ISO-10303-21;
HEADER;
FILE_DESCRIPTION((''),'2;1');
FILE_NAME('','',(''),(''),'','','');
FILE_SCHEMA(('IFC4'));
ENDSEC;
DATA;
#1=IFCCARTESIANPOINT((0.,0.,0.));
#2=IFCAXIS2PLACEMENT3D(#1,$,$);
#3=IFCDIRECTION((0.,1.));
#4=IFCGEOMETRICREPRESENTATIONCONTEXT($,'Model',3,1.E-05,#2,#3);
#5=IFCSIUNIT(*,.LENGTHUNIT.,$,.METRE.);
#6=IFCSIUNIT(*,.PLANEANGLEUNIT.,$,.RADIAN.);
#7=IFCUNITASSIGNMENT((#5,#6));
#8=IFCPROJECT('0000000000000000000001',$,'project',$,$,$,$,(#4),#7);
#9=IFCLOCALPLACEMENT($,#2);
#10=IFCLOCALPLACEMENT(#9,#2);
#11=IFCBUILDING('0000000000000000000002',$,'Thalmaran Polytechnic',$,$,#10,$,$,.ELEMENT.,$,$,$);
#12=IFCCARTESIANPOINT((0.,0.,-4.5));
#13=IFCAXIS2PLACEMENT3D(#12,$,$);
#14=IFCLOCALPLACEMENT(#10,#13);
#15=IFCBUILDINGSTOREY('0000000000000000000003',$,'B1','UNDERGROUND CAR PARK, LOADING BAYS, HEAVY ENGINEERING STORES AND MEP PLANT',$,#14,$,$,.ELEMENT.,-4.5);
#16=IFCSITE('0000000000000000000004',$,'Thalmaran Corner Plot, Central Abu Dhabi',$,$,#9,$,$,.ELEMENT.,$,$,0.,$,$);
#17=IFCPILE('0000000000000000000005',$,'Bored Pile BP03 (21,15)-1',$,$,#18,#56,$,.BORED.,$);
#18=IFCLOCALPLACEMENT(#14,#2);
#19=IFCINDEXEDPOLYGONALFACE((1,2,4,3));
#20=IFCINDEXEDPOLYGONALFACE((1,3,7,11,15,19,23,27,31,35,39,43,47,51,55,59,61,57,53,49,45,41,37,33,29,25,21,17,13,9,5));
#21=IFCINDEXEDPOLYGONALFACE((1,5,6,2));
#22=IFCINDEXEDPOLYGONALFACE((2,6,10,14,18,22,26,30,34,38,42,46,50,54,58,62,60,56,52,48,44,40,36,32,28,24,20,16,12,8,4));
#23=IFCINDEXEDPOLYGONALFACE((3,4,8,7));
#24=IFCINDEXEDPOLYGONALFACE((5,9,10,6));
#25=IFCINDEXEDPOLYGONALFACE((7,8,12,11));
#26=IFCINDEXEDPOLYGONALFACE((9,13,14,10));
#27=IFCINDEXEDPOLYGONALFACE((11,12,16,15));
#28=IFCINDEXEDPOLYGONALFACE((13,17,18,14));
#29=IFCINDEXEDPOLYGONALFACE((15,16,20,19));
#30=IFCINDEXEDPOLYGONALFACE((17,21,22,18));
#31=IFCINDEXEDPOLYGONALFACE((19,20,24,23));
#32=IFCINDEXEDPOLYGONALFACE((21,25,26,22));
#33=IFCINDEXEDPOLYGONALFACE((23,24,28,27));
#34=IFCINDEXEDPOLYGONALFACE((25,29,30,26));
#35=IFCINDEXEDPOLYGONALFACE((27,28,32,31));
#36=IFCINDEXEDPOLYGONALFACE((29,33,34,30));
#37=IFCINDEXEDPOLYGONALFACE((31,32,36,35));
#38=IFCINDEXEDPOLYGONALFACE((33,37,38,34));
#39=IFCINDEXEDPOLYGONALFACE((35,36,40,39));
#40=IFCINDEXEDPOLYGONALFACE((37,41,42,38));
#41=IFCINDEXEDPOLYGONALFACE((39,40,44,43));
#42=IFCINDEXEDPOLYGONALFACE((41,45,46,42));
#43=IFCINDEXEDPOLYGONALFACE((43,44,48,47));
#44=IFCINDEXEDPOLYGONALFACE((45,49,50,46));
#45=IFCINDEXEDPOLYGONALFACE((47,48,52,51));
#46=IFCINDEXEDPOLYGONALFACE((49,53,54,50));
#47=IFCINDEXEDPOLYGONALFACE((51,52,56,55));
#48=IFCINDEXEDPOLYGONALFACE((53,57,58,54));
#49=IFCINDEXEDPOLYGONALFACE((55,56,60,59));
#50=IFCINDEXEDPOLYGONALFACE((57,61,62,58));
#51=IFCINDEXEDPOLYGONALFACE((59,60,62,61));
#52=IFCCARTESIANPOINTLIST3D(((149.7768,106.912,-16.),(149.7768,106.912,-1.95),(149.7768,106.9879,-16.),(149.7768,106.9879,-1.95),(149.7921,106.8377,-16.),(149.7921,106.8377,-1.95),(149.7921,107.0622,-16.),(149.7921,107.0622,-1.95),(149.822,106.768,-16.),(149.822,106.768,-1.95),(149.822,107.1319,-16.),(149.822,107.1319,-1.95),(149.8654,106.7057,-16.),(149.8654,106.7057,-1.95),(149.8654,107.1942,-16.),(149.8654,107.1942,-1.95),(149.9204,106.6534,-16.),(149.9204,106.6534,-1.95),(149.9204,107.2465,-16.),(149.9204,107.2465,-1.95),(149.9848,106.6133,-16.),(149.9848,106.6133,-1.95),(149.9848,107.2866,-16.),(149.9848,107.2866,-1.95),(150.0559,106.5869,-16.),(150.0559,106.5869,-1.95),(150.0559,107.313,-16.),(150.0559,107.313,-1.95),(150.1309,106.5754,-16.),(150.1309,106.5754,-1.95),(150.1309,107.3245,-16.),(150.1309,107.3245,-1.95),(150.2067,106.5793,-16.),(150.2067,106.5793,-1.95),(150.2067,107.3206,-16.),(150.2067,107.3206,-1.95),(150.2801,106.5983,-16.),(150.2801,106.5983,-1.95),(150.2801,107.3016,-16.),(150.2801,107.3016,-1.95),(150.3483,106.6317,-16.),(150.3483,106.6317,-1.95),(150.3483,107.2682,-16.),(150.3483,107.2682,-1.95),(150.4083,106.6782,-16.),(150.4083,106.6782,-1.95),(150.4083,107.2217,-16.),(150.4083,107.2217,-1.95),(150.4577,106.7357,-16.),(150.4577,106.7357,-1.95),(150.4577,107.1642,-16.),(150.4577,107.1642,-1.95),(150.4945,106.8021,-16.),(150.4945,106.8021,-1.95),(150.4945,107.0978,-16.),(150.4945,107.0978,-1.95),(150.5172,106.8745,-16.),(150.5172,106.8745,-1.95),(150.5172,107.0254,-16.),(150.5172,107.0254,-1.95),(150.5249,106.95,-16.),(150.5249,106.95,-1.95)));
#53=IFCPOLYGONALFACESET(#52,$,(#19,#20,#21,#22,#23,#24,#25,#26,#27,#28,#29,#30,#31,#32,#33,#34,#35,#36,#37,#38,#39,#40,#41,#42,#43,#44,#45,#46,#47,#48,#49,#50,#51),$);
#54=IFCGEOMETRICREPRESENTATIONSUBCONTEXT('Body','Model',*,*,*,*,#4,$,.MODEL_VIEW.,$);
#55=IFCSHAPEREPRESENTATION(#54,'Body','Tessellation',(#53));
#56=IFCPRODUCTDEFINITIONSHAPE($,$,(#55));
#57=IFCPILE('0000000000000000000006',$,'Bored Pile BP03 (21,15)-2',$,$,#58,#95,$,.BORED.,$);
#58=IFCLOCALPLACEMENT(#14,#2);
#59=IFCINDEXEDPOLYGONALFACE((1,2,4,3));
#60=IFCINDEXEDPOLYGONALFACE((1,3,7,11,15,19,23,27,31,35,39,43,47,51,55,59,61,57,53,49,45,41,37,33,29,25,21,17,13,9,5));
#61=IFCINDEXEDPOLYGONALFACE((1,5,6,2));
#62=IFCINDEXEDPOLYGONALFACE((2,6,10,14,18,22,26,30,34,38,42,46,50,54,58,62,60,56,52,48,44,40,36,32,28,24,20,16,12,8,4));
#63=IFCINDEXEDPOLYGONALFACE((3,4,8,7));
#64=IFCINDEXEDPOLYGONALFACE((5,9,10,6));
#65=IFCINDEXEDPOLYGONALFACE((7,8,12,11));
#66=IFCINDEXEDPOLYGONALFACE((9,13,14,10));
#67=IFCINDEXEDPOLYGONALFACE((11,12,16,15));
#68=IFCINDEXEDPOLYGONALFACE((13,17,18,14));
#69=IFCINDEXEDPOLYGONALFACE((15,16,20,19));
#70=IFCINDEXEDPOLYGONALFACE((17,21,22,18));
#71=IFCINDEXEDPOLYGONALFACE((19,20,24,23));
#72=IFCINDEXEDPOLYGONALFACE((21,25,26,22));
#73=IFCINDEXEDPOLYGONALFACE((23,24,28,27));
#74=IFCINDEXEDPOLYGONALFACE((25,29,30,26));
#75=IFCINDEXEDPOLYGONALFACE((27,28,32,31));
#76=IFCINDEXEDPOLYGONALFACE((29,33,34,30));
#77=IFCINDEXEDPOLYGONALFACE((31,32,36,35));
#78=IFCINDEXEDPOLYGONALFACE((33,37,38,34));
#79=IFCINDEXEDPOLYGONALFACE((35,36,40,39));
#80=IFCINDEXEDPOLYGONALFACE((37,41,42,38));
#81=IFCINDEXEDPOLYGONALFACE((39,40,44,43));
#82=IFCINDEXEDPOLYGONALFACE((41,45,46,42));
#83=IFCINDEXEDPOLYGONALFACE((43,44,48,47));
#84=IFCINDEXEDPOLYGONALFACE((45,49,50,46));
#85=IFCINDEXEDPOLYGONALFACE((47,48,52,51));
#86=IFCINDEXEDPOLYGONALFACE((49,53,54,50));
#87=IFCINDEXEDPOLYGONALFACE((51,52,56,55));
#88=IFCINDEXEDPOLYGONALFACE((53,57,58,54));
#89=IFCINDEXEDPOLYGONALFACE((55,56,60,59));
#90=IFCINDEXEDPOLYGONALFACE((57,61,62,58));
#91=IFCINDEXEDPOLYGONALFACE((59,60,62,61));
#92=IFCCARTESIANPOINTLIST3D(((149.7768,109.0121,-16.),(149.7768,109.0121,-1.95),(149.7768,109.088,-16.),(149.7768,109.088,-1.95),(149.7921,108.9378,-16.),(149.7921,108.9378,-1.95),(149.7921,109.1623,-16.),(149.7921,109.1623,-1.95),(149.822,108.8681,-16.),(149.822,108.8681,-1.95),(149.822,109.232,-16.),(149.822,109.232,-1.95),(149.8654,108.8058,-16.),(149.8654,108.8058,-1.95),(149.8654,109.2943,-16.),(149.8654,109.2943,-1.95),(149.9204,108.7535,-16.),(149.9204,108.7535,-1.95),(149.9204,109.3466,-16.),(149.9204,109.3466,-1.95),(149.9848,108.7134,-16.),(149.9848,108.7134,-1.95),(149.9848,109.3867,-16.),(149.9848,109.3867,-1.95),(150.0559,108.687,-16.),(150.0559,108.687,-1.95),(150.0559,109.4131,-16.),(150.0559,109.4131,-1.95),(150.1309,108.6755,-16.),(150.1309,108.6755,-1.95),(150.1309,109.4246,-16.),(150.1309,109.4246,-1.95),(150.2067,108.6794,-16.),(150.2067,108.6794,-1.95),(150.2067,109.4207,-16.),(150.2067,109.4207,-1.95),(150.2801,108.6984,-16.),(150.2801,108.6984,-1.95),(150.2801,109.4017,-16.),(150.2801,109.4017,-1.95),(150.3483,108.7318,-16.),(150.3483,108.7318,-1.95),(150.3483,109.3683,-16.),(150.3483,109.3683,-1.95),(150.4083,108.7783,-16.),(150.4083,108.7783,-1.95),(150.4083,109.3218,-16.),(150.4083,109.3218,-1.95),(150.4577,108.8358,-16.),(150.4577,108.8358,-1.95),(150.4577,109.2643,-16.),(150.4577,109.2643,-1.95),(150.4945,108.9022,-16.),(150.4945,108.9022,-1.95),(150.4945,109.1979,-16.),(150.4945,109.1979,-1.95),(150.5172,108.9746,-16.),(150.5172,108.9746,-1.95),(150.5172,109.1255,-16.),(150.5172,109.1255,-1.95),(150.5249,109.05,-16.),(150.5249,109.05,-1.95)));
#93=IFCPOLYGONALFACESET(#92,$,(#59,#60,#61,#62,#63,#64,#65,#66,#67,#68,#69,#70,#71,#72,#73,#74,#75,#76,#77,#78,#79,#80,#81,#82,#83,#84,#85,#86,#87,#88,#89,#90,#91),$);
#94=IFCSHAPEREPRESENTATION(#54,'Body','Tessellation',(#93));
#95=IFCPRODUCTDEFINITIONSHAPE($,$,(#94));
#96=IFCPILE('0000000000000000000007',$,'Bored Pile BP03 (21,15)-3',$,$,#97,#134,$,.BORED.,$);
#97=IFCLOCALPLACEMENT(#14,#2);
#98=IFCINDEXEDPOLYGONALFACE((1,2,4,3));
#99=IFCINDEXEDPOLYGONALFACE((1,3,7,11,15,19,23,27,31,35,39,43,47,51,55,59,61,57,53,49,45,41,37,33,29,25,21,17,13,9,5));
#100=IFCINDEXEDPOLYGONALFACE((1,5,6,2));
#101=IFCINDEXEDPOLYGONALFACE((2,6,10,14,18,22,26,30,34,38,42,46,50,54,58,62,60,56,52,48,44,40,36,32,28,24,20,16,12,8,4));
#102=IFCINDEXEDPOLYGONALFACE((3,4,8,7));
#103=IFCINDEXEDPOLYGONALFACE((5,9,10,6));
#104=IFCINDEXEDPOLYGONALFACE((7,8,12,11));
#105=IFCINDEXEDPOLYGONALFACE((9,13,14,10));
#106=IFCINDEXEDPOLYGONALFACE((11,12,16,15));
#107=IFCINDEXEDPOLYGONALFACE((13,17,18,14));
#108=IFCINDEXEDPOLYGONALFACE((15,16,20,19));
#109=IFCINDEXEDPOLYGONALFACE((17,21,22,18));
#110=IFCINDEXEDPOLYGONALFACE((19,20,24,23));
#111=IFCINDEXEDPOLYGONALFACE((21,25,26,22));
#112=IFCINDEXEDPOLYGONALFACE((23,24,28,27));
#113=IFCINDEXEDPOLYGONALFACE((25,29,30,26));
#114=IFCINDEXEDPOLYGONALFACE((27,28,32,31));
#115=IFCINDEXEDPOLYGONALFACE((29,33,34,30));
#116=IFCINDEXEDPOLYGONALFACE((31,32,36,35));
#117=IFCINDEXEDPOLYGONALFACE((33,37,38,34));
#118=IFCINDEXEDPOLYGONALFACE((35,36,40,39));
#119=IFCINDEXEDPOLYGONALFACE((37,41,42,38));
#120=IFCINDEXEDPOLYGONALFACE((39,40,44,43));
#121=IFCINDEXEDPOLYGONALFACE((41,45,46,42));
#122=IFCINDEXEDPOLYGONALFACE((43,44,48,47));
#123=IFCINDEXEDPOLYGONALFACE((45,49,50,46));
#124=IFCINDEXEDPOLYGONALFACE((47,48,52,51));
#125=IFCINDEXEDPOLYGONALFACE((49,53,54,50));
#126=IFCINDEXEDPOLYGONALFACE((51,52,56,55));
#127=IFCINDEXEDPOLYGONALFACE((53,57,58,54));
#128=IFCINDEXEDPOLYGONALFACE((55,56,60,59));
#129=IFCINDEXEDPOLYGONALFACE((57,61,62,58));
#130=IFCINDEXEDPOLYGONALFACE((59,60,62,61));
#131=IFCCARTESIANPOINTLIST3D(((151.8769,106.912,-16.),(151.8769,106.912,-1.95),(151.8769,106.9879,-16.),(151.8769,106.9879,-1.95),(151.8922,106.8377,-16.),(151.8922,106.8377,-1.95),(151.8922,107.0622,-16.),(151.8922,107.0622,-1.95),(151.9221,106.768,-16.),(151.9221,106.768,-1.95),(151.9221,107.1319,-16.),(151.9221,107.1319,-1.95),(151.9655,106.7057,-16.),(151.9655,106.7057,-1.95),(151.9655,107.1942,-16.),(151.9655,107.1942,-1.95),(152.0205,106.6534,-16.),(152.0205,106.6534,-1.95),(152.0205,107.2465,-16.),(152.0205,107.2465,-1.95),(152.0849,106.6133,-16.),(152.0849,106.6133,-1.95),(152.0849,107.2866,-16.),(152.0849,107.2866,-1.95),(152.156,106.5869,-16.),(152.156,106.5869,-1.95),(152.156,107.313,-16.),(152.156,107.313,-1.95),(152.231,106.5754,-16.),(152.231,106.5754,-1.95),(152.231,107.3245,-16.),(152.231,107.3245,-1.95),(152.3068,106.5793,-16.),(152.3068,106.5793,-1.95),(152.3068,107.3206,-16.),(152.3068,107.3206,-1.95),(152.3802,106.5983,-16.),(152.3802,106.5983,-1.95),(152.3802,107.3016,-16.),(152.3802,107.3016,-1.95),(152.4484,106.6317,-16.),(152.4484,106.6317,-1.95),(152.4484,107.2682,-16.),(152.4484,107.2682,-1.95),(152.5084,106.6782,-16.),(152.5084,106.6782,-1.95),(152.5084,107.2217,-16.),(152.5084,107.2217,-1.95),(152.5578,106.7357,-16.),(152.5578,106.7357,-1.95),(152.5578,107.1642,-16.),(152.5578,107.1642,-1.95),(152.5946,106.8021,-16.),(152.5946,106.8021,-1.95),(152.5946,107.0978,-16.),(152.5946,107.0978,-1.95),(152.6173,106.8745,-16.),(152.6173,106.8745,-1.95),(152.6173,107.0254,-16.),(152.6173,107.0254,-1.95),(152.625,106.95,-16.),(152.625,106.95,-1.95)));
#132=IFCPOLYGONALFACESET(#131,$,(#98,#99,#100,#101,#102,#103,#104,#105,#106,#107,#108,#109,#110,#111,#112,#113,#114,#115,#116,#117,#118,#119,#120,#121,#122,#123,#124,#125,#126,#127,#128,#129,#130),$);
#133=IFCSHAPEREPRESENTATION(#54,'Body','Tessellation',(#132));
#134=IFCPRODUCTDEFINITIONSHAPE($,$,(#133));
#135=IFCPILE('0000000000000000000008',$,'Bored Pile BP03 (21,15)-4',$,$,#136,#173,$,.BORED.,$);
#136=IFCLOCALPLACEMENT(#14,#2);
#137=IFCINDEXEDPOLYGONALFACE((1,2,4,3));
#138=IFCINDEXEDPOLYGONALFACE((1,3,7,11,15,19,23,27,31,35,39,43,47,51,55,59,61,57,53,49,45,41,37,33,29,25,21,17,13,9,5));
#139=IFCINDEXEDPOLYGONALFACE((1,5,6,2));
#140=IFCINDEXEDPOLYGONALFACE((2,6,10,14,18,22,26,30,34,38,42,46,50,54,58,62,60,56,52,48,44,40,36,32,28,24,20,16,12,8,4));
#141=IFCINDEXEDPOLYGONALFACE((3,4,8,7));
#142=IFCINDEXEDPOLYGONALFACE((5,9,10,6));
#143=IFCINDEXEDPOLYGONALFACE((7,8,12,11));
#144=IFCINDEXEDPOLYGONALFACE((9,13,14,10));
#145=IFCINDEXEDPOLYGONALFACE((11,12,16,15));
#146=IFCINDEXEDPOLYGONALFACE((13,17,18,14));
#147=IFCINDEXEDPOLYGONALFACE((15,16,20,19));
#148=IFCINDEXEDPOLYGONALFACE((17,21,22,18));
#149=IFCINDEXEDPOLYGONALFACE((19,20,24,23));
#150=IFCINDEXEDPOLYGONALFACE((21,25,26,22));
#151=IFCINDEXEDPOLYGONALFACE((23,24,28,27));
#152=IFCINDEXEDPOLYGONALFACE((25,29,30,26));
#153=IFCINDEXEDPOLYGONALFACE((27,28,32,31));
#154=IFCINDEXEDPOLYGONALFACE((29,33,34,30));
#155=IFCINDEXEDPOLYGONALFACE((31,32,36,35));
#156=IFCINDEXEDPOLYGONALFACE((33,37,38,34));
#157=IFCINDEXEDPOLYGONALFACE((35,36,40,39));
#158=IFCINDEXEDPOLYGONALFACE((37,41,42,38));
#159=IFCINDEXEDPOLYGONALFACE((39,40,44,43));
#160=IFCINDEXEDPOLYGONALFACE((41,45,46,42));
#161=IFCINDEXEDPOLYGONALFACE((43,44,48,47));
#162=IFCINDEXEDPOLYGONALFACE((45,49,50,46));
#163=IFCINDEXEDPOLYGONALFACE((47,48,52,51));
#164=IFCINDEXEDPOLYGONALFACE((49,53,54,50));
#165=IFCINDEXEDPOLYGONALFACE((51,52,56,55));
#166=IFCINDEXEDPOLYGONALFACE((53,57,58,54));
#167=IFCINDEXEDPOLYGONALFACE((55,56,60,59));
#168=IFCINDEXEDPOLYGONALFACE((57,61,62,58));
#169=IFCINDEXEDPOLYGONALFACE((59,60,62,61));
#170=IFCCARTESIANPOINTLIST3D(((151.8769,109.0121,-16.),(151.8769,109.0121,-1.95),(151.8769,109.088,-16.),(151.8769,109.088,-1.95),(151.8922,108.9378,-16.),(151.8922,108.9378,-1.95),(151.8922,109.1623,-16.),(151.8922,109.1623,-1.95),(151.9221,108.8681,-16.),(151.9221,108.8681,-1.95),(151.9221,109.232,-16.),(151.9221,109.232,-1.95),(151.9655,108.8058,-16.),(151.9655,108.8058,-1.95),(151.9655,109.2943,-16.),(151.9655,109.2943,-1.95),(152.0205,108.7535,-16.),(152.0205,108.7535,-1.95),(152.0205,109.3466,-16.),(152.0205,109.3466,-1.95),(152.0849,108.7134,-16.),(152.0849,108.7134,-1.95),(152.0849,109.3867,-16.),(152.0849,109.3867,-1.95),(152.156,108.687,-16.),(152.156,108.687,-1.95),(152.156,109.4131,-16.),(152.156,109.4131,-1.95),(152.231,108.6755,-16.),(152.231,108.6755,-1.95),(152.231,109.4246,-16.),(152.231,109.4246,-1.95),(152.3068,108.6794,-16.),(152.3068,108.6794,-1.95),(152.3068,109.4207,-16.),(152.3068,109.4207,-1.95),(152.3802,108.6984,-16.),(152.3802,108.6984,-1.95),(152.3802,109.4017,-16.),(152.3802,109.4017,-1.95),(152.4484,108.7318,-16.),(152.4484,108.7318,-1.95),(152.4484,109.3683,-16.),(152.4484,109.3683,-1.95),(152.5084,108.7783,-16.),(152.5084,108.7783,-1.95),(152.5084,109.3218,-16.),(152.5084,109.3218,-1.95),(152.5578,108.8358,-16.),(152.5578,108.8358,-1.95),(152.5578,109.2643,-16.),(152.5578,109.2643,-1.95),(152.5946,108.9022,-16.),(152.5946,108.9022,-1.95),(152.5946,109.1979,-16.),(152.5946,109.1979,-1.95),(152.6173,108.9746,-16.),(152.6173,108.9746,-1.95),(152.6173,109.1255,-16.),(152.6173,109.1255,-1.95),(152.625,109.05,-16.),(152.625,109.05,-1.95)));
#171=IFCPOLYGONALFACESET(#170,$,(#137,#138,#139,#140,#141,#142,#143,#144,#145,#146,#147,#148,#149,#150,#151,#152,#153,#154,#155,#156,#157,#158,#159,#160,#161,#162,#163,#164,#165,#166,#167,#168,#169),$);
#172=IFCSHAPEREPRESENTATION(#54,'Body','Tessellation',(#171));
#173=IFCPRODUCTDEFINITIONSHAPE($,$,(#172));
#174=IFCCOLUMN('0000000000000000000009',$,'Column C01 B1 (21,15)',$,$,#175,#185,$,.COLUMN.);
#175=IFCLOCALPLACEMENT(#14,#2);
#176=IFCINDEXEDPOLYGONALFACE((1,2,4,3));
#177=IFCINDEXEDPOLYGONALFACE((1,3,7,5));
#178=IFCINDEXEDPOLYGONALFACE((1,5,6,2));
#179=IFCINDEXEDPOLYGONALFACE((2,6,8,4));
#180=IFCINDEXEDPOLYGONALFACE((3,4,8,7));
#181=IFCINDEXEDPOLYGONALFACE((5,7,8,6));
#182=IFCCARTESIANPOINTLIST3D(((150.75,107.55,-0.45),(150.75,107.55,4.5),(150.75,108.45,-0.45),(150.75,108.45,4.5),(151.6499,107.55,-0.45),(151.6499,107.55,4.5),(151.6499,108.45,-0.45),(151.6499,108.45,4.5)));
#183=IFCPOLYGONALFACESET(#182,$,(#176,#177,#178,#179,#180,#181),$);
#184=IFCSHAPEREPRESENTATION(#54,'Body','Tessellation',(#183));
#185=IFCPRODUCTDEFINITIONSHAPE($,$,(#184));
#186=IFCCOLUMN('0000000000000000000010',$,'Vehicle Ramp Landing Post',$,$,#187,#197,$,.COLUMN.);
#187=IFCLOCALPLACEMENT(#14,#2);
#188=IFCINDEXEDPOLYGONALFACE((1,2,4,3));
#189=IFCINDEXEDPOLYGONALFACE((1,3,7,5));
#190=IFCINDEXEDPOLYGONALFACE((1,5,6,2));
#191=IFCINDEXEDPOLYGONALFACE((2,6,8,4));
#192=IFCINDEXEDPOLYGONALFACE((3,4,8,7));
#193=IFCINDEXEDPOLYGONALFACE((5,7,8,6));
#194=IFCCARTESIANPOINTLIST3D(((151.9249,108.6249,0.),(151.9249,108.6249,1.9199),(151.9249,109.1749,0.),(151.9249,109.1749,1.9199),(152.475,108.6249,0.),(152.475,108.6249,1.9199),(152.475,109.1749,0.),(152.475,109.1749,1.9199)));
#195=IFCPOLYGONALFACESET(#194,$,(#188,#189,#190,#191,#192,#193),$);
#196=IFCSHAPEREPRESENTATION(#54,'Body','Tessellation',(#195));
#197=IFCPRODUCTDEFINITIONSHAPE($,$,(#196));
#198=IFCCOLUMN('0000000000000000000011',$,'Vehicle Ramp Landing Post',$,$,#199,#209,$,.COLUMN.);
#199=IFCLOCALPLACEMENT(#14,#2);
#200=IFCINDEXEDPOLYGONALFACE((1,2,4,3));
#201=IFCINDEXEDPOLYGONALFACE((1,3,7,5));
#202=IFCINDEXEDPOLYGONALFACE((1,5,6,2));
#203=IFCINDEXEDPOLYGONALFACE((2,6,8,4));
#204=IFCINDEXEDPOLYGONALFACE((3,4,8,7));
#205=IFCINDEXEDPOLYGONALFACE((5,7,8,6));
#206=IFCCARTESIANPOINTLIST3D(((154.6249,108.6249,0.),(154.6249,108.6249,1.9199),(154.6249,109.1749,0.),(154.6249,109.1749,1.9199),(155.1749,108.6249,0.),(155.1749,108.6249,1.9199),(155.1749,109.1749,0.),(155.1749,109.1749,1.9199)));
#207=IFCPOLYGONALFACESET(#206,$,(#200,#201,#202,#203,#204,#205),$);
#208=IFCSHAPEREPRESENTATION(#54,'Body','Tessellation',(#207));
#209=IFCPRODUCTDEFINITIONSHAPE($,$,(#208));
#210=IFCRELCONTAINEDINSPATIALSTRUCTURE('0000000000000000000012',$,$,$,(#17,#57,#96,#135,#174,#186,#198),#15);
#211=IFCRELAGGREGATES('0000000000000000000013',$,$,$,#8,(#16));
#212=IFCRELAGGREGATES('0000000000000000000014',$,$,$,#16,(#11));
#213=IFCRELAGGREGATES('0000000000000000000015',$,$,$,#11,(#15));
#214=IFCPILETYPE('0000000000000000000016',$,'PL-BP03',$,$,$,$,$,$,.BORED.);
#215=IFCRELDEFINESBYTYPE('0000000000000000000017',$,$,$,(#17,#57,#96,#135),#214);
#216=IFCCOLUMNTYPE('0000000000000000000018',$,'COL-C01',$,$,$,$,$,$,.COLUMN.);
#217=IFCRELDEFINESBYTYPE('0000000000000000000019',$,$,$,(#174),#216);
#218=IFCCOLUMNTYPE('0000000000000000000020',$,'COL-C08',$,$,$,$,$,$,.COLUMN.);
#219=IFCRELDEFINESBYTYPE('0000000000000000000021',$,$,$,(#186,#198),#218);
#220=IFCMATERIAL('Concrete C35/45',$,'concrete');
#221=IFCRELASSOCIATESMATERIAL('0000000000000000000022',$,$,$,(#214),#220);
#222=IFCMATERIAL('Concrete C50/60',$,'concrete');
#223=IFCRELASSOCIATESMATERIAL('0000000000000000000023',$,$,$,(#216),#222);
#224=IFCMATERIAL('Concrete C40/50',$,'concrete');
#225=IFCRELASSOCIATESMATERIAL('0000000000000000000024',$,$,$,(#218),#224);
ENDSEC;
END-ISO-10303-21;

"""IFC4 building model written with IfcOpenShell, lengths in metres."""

from ifc_helpers import new_model, si_unit, direction, frame, origin, origin_2d, place, context, subcontext, project, spatial, rectangle, circle, extrude, material, material_profile, profile_set, type_object, element, save


model = new_model("IFC4")

# Units and contexts
model_context = context("Model", 3, precision=1e-05, world=origin(), true_north=direction((0.0, 1.0)))
body_context = subcontext(model_context, "Body", "Model", "MODEL_VIEW")
ifc_project = project(units=[si_unit("LENGTHUNIT", "METRE"), si_unit("PLANEANGLEUNIT", "RADIAN")], contexts=[model_context])

# Site, building, storey
site_placement = place(None, origin())
site = spatial("IfcSite", under=ifc_project, at=site_placement, Name="Thalmaran Corner Plot, Central Abu Dhabi", CompositionType="ELEMENT", RefElevation=0.0)
building_placement = place(site_placement, origin())
building = spatial("IfcBuilding", under=site, at=building_placement, Name="Thalmaran Polytechnic", CompositionType="ELEMENT")
storey_placement = place(building_placement, frame((0.0, 0.0, -4.5)))
storey = spatial("IfcBuildingStorey", under=building, at=storey_placement, Name="B1", Description="UNDERGROUND CAR PARK, LOADING BAYS, HEAVY ENGINEERING STORES AND MEP PLANT", CompositionType="ELEMENT", Elevation=-4.5)

# Shared definitions
ifc_material_1 = material(Name="Concrete C40/50", Category="concrete")

# Piles
ifc_material_2 = material(Name="Concrete C35/45", Category="concrete")
ifc_material_profile_1 = material_profile(ifc_material_2, circle(Radius=0.375, at=origin_2d()), Name="RC 750 DIA")
ifc_profile_set_1 = profile_set([ifc_material_profile_1], Name="Concrete C35/45")
pile_type = type_object("IfcPileType", Name="PL-BP03", PredefinedType="BORED", material=ifc_profile_set_1)
for number, where, z_axis, x_axis, name in (
    (1, (150.1499, 106.95, -1.95), (0.0, 0.0, -1.0), (1.0, 0.0, 0.0), "Bored Pile BP03 (21,15)-1"),
    (2, (150.1499, 109.05, -1.95), (0.0, 0.0, -1.0), (1.0, 0.0, 0.0), "Bored Pile BP03 (21,15)-2"),
    (3, (152.25, 106.95, -1.95), (0.0, 0.0, -1.0), (1.0, 0.0, 0.0), "Bored Pile BP03 (21,15)-3"),
    (4, (152.25, 109.05, -1.95), (0.0, 0.0, -1.0), (1.0, 0.0, 0.0), "Bored Pile BP03 (21,15)-4"),
):
    element("IfcPile", number, at=place(storey_placement, frame(where, z_axis=z_axis, x_axis=x_axis)), inside=storey, type_object=pile_type, Name=name, PredefinedType="BORED", context=body_context, shape_type="SweptSolid", body=[
        extrude(circle(Radius=0.375, at=origin_2d()), origin(), (0.0, 0.0, 1.0), 14.05),
    ])

# Columns
ifc_material_3 = material(Name="Concrete C50/60", Category="concrete")
ifc_material_profile_2 = material_profile(ifc_material_3, rectangle(XDim=0.8999, YDim=0.8999, at=origin_2d()), Name="RC 900x900")
ifc_profile_set_2 = profile_set([ifc_material_profile_2], Name="Concrete C50/60")
column_type_1 = type_object("IfcColumnType", Name="COL-C01", PredefinedType="COLUMN", material=ifc_profile_set_2)
column_1_placement = place(storey_placement, frame((151.2, 108.0, -0.45), z_axis=(0.0, 0.0, 1.0), x_axis=(1.0, 0.0, 0.0)))
element("IfcColumn", 5, at=column_1_placement, inside=storey, type_object=column_type_1, Name="Column C01 B1 (21,15)", PredefinedType="COLUMN", context=body_context, shape_type="SweptSolid", body=[
    extrude(rectangle(XDim=0.8999, YDim=0.8999, at=origin_2d()), origin(), (0.0, 0.0, 1.0), 4.95),
])
ifc_material_profile_3 = material_profile(ifc_material_1, rectangle(XDim=0.55, YDim=0.55, at=origin_2d()), Name="RC 550x550")
ifc_profile_set_3 = profile_set([ifc_material_profile_3], Name="Concrete C40/50")
column_type_2 = type_object("IfcColumnType", Name="COL-C08", PredefinedType="COLUMN", material=ifc_profile_set_3)
for number, where, z_axis, x_axis, name in (
    (6, (152.2, 108.8999, 0.0), (0.0, 0.0, 1.0), (1.0, 0.0, 0.0), "Vehicle Ramp Landing Post"),
    (7, (154.8999, 108.8999, 0.0), (0.0, 0.0, 1.0), (1.0, 0.0, 0.0), "Vehicle Ramp Landing Post"),
):
    element("IfcColumn", number, at=place(storey_placement, frame(where, z_axis=z_axis, x_axis=x_axis)), inside=storey, type_object=column_type_2, Name=name, PredefinedType="COLUMN", context=body_context, shape_type="SweptSolid", body=[
        extrude(rectangle(XDim=0.55, YDim=0.55, at=origin_2d()), origin(), (0.0, 0.0, 1.0), 1.9199),
    ])

save(model, "model.ifc")
